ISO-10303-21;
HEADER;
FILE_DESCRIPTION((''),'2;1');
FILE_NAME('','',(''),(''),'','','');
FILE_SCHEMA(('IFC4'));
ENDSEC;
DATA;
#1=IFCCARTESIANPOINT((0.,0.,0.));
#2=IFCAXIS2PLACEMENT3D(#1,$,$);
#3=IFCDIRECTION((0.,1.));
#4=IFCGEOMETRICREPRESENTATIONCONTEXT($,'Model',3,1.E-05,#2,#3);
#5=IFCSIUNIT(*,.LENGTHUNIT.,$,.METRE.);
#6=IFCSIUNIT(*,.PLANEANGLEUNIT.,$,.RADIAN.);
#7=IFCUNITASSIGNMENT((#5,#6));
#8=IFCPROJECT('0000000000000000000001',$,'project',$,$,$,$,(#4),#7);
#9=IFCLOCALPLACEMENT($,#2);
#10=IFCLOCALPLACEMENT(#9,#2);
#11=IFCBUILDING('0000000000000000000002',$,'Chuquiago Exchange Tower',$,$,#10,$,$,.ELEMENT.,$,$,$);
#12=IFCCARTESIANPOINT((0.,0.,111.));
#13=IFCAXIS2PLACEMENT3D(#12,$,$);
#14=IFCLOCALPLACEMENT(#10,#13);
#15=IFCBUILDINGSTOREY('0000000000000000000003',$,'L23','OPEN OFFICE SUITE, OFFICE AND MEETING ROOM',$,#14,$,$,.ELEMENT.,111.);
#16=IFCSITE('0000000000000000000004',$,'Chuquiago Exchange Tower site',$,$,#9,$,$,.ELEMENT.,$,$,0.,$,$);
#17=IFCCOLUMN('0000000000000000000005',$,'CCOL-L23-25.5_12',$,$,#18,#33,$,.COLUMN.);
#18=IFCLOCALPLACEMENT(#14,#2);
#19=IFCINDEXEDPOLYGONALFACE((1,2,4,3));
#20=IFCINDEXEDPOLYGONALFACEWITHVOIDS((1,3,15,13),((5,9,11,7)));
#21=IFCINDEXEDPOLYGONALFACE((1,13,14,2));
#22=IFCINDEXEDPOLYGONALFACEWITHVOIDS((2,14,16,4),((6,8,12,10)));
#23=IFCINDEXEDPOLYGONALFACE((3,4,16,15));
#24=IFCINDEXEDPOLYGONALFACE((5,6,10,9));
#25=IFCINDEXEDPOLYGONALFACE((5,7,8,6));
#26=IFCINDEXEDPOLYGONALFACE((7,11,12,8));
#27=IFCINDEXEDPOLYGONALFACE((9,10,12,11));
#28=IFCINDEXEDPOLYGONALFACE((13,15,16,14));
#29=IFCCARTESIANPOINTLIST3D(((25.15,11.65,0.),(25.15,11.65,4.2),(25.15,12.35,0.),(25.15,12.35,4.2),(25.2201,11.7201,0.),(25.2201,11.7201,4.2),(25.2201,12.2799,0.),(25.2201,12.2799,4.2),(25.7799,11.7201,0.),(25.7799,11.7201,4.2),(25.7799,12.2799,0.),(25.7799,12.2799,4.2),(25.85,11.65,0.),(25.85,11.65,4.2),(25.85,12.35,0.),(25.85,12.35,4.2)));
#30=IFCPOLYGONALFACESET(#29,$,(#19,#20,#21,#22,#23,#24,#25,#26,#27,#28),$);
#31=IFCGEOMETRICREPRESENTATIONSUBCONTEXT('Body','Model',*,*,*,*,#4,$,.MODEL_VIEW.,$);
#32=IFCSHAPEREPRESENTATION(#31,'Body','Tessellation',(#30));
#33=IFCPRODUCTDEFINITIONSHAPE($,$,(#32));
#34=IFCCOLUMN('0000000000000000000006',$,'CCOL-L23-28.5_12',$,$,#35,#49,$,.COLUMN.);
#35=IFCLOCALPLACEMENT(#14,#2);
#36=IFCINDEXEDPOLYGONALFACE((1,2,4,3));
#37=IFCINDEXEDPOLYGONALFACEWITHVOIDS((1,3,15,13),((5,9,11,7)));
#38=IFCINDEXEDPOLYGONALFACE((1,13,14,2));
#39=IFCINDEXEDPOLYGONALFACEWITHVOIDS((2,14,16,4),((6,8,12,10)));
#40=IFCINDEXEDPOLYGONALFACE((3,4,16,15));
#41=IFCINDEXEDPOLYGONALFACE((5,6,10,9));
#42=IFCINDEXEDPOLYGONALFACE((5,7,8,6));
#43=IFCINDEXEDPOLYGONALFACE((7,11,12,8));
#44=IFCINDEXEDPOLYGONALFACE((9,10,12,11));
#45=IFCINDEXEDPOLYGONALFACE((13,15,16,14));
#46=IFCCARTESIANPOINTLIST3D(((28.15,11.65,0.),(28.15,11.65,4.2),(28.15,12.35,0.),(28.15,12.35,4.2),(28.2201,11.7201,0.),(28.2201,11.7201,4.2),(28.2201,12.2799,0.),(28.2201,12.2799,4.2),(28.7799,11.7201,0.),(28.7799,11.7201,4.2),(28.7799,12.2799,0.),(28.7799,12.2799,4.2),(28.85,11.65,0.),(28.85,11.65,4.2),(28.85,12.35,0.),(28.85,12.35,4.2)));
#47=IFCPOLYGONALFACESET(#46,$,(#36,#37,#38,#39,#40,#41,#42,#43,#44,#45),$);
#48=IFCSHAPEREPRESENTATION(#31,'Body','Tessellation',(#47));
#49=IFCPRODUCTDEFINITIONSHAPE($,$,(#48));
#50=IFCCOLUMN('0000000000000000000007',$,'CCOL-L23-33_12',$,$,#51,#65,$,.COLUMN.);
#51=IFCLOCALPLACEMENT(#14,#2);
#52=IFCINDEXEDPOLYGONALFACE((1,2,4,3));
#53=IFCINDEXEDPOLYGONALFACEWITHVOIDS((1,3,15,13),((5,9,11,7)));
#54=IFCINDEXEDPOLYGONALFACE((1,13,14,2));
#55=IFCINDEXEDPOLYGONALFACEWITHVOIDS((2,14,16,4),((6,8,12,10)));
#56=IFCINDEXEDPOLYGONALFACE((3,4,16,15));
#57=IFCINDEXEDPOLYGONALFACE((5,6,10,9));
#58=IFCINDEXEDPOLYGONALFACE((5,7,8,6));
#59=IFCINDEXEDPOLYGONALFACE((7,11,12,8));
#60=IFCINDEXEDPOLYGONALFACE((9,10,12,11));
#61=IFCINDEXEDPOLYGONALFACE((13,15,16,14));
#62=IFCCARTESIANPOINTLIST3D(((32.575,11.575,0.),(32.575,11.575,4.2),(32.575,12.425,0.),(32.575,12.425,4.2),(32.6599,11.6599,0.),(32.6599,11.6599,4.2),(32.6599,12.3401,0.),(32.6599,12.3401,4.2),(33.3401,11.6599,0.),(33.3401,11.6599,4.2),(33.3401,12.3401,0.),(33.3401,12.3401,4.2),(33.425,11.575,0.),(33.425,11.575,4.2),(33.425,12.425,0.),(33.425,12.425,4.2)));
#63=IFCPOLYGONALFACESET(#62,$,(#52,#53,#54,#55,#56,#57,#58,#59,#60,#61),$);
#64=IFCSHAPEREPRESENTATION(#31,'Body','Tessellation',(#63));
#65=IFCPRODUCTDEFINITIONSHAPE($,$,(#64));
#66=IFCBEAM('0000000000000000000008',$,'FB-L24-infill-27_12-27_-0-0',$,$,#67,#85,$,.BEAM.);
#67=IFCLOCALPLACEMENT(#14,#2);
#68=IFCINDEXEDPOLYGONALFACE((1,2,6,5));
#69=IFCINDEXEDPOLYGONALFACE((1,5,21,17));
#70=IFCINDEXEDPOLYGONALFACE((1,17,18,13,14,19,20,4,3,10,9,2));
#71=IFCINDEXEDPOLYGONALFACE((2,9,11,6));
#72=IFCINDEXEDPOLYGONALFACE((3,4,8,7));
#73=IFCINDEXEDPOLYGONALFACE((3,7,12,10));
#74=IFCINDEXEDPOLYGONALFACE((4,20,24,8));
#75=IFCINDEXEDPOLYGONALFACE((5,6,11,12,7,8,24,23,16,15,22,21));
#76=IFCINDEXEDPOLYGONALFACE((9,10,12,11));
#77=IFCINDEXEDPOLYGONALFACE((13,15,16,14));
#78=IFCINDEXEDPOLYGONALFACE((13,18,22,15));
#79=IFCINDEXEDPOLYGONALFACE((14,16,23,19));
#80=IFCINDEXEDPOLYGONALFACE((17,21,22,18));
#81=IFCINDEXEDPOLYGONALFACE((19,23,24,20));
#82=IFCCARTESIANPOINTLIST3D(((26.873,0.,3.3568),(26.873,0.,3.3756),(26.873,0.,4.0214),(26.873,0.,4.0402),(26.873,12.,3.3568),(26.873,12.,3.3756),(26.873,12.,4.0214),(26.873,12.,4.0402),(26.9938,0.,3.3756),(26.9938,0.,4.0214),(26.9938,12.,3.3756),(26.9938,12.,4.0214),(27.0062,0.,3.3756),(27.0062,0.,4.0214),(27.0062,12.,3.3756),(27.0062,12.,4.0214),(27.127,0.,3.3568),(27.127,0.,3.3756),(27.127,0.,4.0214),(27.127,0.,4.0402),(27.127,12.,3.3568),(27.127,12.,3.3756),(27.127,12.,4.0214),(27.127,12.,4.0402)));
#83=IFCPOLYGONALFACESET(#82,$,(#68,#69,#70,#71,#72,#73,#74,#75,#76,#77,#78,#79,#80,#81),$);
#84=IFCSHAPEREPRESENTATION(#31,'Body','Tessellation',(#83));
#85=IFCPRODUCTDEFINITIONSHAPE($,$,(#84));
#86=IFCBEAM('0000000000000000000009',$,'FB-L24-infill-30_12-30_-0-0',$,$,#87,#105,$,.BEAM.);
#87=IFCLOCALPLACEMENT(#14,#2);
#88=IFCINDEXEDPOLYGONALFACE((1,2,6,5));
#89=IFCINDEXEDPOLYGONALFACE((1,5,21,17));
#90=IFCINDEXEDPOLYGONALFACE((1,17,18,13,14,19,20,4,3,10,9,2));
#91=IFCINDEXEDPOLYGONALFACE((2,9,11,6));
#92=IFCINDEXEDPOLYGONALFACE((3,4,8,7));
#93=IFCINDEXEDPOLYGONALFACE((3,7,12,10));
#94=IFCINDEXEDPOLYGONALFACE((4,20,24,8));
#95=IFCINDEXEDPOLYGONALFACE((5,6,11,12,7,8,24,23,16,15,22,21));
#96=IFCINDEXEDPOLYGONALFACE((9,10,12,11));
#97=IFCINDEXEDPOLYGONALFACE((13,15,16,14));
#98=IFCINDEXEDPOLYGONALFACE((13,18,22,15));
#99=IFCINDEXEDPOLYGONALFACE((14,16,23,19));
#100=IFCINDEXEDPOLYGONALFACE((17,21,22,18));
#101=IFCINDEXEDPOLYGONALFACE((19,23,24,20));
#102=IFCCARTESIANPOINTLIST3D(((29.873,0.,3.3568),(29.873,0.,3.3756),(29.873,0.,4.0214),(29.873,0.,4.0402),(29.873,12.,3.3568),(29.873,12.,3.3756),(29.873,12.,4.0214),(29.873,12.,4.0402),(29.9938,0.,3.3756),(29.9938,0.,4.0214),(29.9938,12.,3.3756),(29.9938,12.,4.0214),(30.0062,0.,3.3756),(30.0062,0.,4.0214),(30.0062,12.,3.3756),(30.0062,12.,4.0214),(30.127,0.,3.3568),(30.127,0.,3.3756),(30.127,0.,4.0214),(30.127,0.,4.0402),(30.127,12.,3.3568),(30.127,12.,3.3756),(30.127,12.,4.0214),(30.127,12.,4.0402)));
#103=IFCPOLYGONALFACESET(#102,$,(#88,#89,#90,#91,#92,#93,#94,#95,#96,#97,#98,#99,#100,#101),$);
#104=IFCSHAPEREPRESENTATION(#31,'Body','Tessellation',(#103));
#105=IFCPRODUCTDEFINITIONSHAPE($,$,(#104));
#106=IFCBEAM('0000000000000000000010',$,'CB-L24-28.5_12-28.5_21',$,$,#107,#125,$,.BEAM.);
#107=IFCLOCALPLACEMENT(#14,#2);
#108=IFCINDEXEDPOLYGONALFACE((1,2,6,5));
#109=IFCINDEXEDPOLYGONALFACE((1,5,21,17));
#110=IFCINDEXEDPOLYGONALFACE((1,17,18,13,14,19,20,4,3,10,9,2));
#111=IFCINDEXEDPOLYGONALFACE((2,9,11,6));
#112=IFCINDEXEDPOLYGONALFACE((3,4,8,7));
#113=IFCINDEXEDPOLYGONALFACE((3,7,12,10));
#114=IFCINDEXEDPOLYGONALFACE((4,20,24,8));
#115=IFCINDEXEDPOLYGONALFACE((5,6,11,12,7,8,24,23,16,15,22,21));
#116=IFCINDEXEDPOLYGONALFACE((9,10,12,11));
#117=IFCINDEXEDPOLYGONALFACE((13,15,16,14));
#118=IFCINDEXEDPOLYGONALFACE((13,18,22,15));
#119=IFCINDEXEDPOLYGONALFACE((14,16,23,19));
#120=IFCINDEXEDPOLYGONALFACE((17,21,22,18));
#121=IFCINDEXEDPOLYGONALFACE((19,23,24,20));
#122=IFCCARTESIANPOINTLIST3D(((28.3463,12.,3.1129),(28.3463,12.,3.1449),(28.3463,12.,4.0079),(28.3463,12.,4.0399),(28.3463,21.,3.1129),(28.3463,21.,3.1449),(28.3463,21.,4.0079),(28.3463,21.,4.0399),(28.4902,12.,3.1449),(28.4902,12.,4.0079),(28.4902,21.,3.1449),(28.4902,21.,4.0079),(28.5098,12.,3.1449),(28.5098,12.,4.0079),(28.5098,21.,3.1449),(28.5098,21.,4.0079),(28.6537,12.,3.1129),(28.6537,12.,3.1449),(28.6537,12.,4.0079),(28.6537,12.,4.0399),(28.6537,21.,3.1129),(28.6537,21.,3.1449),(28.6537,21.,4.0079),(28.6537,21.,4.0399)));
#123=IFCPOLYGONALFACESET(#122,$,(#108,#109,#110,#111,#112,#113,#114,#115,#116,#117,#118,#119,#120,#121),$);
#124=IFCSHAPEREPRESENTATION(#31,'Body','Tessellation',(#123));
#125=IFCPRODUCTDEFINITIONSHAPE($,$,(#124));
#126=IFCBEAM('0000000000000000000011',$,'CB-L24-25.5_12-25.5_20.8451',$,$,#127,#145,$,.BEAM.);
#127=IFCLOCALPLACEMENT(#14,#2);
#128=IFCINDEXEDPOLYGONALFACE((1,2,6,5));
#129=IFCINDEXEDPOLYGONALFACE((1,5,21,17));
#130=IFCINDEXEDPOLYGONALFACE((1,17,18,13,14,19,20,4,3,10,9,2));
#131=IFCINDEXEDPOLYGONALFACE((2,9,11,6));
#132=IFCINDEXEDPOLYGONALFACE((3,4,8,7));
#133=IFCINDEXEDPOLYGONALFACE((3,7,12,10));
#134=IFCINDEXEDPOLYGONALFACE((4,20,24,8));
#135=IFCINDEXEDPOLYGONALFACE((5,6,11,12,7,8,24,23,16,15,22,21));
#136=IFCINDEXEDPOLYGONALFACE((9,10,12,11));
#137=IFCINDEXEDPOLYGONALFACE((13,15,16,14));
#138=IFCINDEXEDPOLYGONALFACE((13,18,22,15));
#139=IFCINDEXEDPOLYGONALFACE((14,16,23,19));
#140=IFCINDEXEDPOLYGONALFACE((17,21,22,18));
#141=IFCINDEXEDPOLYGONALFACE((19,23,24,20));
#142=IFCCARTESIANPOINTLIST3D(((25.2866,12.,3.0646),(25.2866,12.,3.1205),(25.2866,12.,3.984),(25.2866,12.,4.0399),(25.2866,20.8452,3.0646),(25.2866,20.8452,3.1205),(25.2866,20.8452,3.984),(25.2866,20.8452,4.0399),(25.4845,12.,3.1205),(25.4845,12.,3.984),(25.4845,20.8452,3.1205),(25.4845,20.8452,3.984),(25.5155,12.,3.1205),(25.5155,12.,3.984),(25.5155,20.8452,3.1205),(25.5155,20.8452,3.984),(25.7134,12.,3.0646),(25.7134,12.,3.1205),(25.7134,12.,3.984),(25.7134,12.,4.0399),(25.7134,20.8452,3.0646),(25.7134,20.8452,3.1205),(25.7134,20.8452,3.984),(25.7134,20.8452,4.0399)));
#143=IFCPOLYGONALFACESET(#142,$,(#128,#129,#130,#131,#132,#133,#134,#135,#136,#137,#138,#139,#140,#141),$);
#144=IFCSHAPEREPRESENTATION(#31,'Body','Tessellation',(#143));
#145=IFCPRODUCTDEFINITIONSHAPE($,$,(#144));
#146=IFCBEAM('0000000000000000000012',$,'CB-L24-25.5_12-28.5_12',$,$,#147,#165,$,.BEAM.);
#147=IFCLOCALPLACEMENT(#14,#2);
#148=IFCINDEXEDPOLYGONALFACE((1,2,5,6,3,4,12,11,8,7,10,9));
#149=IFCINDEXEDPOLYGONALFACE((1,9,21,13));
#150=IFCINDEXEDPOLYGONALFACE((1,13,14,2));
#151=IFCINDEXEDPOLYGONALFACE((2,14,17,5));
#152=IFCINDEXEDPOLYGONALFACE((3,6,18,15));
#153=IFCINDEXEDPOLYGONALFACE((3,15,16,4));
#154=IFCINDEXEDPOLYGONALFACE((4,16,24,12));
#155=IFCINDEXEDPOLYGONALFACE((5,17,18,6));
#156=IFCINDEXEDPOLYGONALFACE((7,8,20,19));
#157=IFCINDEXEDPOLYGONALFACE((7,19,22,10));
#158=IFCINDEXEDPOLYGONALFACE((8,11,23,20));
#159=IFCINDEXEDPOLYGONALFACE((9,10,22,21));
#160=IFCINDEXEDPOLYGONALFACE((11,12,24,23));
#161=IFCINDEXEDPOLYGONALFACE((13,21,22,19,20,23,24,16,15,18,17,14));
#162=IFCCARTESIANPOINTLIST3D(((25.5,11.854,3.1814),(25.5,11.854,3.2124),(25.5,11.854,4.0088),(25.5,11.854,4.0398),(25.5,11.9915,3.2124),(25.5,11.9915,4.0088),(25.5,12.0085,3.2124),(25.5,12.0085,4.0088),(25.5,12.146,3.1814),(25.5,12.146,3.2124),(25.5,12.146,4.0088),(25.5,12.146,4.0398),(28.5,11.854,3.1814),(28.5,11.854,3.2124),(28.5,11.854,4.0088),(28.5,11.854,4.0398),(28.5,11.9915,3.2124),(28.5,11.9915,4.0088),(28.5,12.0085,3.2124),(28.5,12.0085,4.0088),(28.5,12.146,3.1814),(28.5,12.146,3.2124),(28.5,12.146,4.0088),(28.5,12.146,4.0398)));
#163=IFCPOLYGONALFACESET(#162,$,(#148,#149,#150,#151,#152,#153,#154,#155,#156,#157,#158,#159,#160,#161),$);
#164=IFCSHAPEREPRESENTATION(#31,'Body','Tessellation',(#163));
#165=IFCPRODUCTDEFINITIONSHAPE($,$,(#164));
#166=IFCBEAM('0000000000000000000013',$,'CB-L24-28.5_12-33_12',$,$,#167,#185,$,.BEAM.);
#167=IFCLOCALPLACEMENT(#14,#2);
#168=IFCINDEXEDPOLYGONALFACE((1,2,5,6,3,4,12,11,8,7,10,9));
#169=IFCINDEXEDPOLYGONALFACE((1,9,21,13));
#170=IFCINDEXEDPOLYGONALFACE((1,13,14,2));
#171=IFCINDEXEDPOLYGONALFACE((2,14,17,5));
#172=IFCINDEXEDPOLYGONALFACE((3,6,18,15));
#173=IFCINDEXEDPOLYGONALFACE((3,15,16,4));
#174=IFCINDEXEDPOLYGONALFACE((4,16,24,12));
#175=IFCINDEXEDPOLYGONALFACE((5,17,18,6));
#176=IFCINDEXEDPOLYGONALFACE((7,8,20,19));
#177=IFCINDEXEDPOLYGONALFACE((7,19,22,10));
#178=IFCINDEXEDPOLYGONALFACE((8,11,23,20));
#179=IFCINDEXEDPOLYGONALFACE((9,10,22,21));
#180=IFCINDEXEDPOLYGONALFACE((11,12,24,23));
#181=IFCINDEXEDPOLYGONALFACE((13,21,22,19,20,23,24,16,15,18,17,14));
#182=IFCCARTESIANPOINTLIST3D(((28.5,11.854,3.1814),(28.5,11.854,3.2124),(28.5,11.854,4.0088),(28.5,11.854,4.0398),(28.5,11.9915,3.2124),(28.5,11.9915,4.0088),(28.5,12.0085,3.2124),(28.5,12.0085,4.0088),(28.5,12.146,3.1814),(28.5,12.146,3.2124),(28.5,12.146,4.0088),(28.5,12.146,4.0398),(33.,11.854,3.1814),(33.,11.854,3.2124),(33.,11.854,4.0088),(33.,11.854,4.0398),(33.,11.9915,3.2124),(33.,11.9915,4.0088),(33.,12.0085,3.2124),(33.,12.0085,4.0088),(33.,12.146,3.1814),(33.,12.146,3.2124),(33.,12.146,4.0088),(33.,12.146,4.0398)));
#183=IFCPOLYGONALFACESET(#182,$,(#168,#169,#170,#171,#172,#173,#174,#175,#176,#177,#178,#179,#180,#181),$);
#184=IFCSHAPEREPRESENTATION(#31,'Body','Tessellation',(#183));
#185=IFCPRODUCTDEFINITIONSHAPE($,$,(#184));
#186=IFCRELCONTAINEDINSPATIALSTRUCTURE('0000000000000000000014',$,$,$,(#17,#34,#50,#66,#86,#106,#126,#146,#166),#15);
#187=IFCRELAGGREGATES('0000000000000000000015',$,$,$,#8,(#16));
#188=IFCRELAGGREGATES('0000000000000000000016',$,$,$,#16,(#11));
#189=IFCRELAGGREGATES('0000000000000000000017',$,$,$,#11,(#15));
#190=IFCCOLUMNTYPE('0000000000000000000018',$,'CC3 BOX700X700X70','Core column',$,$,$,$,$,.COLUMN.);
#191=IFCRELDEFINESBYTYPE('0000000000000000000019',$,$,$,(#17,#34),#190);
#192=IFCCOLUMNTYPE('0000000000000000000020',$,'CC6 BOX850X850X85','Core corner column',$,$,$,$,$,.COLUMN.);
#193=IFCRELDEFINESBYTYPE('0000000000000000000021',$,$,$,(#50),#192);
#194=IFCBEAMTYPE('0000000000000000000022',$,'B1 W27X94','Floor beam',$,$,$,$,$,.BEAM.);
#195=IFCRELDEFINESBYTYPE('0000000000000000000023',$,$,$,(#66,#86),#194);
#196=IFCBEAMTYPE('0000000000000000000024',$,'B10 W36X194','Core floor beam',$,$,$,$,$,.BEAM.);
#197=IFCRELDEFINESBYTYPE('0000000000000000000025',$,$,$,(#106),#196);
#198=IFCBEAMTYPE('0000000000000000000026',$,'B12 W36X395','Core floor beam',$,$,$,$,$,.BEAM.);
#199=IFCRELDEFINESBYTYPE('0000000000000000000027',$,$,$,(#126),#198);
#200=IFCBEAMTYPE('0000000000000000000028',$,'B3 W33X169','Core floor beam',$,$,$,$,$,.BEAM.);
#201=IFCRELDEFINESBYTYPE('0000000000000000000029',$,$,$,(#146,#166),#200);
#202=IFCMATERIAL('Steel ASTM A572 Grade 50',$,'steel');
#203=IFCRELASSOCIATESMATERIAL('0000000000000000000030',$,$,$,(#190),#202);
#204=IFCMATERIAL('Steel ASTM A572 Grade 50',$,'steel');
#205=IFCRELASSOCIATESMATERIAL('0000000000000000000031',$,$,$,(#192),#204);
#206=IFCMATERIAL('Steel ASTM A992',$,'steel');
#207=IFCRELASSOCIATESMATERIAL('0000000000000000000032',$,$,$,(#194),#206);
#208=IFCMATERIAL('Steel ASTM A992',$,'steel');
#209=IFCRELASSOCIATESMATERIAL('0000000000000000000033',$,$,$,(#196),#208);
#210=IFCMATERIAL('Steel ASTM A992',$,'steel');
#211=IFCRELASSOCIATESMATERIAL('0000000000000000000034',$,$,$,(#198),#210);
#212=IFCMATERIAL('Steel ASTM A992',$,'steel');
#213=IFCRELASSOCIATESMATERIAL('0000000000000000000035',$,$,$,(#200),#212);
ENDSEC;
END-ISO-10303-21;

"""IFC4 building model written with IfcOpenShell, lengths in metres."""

from ifc_helpers import new_model, si_unit, direction, frame, origin, origin_2d, place, context, subcontext, project, spatial, hollow_rectangle, i_section, extrude, material, material_profile, profile_set, type_object, element, save


model = new_model("IFC4")

# Units and contexts
model_context = context("Model", 3, precision=1e-05, world=origin(), true_north=direction((0.0, 1.0)))
body_context = subcontext(model_context, "Body", "Model", "MODEL_VIEW")
ifc_project = project(units=[si_unit("LENGTHUNIT", "METRE"), si_unit("PLANEANGLEUNIT", "RADIAN")], contexts=[model_context])

# Site, building, storey
site_placement = place(None, origin())
site = spatial("IfcSite", under=ifc_project, at=site_placement, Name="Chuquiago Exchange Tower site", CompositionType="ELEMENT", RefElevation=0.0)
building_placement = place(site_placement, origin())
building = spatial("IfcBuilding", under=site, at=building_placement, Name="Chuquiago Exchange Tower", CompositionType="ELEMENT")
storey_placement = place(building_placement, frame((0.0, 0.0, 111.0)))
storey = spatial("IfcBuildingStorey", under=building, at=storey_placement, Name="L23", Description="OPEN OFFICE SUITE, OFFICE AND MEETING ROOM", CompositionType="ELEMENT", Elevation=111.0)

# Columns
ifc_material_1 = material(Name="Steel ASTM A572 Grade 50", Category="steel")
ifc_material_profile_1 = material_profile(ifc_material_1, hollow_rectangle(XDim=0.7, YDim=0.7, WallThickness=0.0701, at=origin_2d()), Name="BOX700X700X70")
ifc_profile_set_1 = profile_set([ifc_material_profile_1], Name="Steel ASTM A572 Grade 50")
column_type_1 = type_object("IfcColumnType", Name="CC3 BOX700X700X70", Description="Core column", PredefinedType="COLUMN", material=ifc_profile_set_1)
for number, where, z_axis, x_axis, name in (
    (1, (25.5, 12.0, 0.0), (0.0, 0.0, 1.0), (1.0, 0.0, 0.0), "CCOL-L23-25.5_12"),
    (2, (28.5, 12.0, 0.0), (0.0, 0.0, 1.0), (1.0, 0.0, 0.0), "CCOL-L23-28.5_12"),
):
    element("IfcColumn", number, at=place(storey_placement, frame(where, z_axis=z_axis, x_axis=x_axis)), inside=storey, type_object=column_type_1, Name=name, PredefinedType="COLUMN", context=body_context, shape_type="SweptSolid", body=[
        extrude(hollow_rectangle(XDim=0.7, YDim=0.7, WallThickness=0.0701, at=origin_2d()), origin(), (0.0, 0.0, 1.0), 4.2),
    ])
ifc_material_2 = material(Name="Steel ASTM A572 Grade 50", Category="steel")
ifc_material_profile_2 = material_profile(ifc_material_2, hollow_rectangle(XDim=0.8501, YDim=0.8501, WallThickness=0.085, at=origin_2d()), Name="BOX850X850X85")
ifc_profile_set_2 = profile_set([ifc_material_profile_2], Name="Steel ASTM A572 Grade 50")
column_type_2 = type_object("IfcColumnType", Name="CC6 BOX850X850X85", Description="Core corner column", PredefinedType="COLUMN", material=ifc_profile_set_2)
column_placement = place(storey_placement, frame((33.0, 12.0, 0.0), z_axis=(0.0, 0.0, 1.0), x_axis=(1.0, 0.0, 0.0)))
element("IfcColumn", 3, at=column_placement, inside=storey, type_object=column_type_2, Name="CCOL-L23-33_12", PredefinedType="COLUMN", context=body_context, shape_type="SweptSolid", body=[
    extrude(hollow_rectangle(XDim=0.8501, YDim=0.8501, WallThickness=0.085, at=origin_2d()), origin(), (0.0, 0.0, 1.0), 4.2),
])

# Beams
ifc_material_3 = material(Name="Steel ASTM A992", Category="steel")
ifc_material_profile_3 = material_profile(ifc_material_3, i_section(OverallWidth=0.2539, OverallDepth=0.6833, WebThickness=0.0125, FlangeThickness=0.0188, at=origin_2d()), Name="W27X94")
ifc_profile_set_3 = profile_set([ifc_material_profile_3], Name="Steel ASTM A992")
beam_type_1 = type_object("IfcBeamType", Name="B1 W27X94", Description="Floor beam", PredefinedType="BEAM", material=ifc_profile_set_3)
for number, where, z_axis, x_axis, name in (
    (4, (27.0, 12.0, 3.6985), (0.0, -1.0, 0.0), (1.0, 0.0, 0.0), "FB-L24-infill-27_12-27_-0-0"),
    (5, (30.0, 12.0, 3.6985), (0.0, -1.0, 0.0), (1.0, 0.0, 0.0), "FB-L24-infill-30_12-30_-0-0"),
):
    element("IfcBeam", number, at=place(storey_placement, frame(where, z_axis=z_axis, x_axis=x_axis)), inside=storey, type_object=beam_type_1, Name=name, PredefinedType="BEAM", context=body_context, shape_type="SweptSolid", body=[
        extrude(i_section(OverallWidth=0.2539, OverallDepth=0.6833, WebThickness=0.0125, FlangeThickness=0.0188, at=origin_2d()), origin(), (0.0, 0.0, 1.0), 12.0),
    ])
ifc_material_4 = material(Name="Steel ASTM A992", Category="steel")
ifc_material_profile_4 = material_profile(ifc_material_4, i_section(OverallWidth=0.3074, OverallDepth=0.927, WebThickness=0.0195, FlangeThickness=0.032, at=origin_2d()), Name="W36X194")
ifc_profile_set_4 = profile_set([ifc_material_profile_4], Name="Steel ASTM A992")
beam_type_2 = type_object("IfcBeamType", Name="B10 W36X194", Description="Core floor beam", PredefinedType="BEAM", material=ifc_profile_set_4)
beam_1_placement = place(storey_placement, frame((28.5, 12.0, 3.5764), z_axis=(0.0, 1.0, 0.0), x_axis=(-1.0, 0.0, 0.0)))
element("IfcBeam", 6, at=beam_1_placement, inside=storey, type_object=beam_type_2, Name="CB-L24-28.5_12-28.5_21", PredefinedType="BEAM", context=body_context, shape_type="SweptSolid", body=[
    extrude(i_section(OverallWidth=0.3074, OverallDepth=0.927, WebThickness=0.0195, FlangeThickness=0.032, at=origin_2d()), origin(), (0.0, 0.0, 1.0), 9.0),
])
ifc_material_5 = material(Name="Steel ASTM A992", Category="steel")
ifc_material_profile_5 = material_profile(ifc_material_5, i_section(OverallWidth=0.4268, OverallDepth=0.9753, WebThickness=0.031, FlangeThickness=0.0559, at=origin_2d()), Name="W36X395")
ifc_profile_set_5 = profile_set([ifc_material_profile_5], Name="Steel ASTM A992")
beam_type_3 = type_object("IfcBeamType", Name="B12 W36X395", Description="Core floor beam", PredefinedType="BEAM", material=ifc_profile_set_5)
beam_2_placement = place(storey_placement, frame((25.5, 12.0, 3.5522), z_axis=(0.0, 1.0, 0.0), x_axis=(-1.0, 0.0, 0.0)))
element("IfcBeam", 7, at=beam_2_placement, inside=storey, type_object=beam_type_3, Name="CB-L24-25.5_12-25.5_20.8451", PredefinedType="BEAM", context=body_context, shape_type="SweptSolid", body=[
    extrude(i_section(OverallWidth=0.4268, OverallDepth=0.9753, WebThickness=0.031, FlangeThickness=0.0559, at=origin_2d()), origin(), (0.0, 0.0, 1.0), 8.8452),
])
ifc_material_6 = material(Name="Steel ASTM A992", Category="steel")
ifc_material_profile_6 = material_profile(ifc_material_6, i_section(OverallWidth=0.292, OverallDepth=0.8584, WebThickness=0.0171, FlangeThickness=0.031, at=origin_2d()), Name="W33X169")
ifc_profile_set_6 = profile_set([ifc_material_profile_6], Name="Steel ASTM A992")
beam_type_4 = type_object("IfcBeamType", Name="B3 W33X169", Description="Core floor beam", PredefinedType="BEAM", material=ifc_profile_set_6)
beam_3_placement = place(storey_placement, frame((25.5, 12.0, 3.6106), z_axis=(1.0, 0.0, 0.0), x_axis=(0.0, 1.0, 0.0)))
element("IfcBeam", 8, at=beam_3_placement, inside=storey, type_object=beam_type_4, Name="CB-L24-25.5_12-28.5_12", PredefinedType="BEAM", context=body_context, shape_type="SweptSolid", body=[
    extrude(i_section(OverallWidth=0.292, OverallDepth=0.8584, WebThickness=0.0171, FlangeThickness=0.031, at=origin_2d()), origin(), (0.0, 0.0, 1.0), 3.0),
])
beam_4_placement = place(storey_placement, frame((28.5, 12.0, 3.6106), z_axis=(1.0, 0.0, 0.0), x_axis=(0.0, 1.0, 0.0)))
element("IfcBeam", 9, at=beam_4_placement, inside=storey, type_object=beam_type_4, Name="CB-L24-28.5_12-33_12", PredefinedType="BEAM", context=body_context, shape_type="SweptSolid", body=[
    extrude(i_section(OverallWidth=0.292, OverallDepth=0.8584, WebThickness=0.0171, FlangeThickness=0.031, at=origin_2d()), origin(), (0.0, 0.0, 1.0), 4.5),
])

save(model, "model.ifc")
